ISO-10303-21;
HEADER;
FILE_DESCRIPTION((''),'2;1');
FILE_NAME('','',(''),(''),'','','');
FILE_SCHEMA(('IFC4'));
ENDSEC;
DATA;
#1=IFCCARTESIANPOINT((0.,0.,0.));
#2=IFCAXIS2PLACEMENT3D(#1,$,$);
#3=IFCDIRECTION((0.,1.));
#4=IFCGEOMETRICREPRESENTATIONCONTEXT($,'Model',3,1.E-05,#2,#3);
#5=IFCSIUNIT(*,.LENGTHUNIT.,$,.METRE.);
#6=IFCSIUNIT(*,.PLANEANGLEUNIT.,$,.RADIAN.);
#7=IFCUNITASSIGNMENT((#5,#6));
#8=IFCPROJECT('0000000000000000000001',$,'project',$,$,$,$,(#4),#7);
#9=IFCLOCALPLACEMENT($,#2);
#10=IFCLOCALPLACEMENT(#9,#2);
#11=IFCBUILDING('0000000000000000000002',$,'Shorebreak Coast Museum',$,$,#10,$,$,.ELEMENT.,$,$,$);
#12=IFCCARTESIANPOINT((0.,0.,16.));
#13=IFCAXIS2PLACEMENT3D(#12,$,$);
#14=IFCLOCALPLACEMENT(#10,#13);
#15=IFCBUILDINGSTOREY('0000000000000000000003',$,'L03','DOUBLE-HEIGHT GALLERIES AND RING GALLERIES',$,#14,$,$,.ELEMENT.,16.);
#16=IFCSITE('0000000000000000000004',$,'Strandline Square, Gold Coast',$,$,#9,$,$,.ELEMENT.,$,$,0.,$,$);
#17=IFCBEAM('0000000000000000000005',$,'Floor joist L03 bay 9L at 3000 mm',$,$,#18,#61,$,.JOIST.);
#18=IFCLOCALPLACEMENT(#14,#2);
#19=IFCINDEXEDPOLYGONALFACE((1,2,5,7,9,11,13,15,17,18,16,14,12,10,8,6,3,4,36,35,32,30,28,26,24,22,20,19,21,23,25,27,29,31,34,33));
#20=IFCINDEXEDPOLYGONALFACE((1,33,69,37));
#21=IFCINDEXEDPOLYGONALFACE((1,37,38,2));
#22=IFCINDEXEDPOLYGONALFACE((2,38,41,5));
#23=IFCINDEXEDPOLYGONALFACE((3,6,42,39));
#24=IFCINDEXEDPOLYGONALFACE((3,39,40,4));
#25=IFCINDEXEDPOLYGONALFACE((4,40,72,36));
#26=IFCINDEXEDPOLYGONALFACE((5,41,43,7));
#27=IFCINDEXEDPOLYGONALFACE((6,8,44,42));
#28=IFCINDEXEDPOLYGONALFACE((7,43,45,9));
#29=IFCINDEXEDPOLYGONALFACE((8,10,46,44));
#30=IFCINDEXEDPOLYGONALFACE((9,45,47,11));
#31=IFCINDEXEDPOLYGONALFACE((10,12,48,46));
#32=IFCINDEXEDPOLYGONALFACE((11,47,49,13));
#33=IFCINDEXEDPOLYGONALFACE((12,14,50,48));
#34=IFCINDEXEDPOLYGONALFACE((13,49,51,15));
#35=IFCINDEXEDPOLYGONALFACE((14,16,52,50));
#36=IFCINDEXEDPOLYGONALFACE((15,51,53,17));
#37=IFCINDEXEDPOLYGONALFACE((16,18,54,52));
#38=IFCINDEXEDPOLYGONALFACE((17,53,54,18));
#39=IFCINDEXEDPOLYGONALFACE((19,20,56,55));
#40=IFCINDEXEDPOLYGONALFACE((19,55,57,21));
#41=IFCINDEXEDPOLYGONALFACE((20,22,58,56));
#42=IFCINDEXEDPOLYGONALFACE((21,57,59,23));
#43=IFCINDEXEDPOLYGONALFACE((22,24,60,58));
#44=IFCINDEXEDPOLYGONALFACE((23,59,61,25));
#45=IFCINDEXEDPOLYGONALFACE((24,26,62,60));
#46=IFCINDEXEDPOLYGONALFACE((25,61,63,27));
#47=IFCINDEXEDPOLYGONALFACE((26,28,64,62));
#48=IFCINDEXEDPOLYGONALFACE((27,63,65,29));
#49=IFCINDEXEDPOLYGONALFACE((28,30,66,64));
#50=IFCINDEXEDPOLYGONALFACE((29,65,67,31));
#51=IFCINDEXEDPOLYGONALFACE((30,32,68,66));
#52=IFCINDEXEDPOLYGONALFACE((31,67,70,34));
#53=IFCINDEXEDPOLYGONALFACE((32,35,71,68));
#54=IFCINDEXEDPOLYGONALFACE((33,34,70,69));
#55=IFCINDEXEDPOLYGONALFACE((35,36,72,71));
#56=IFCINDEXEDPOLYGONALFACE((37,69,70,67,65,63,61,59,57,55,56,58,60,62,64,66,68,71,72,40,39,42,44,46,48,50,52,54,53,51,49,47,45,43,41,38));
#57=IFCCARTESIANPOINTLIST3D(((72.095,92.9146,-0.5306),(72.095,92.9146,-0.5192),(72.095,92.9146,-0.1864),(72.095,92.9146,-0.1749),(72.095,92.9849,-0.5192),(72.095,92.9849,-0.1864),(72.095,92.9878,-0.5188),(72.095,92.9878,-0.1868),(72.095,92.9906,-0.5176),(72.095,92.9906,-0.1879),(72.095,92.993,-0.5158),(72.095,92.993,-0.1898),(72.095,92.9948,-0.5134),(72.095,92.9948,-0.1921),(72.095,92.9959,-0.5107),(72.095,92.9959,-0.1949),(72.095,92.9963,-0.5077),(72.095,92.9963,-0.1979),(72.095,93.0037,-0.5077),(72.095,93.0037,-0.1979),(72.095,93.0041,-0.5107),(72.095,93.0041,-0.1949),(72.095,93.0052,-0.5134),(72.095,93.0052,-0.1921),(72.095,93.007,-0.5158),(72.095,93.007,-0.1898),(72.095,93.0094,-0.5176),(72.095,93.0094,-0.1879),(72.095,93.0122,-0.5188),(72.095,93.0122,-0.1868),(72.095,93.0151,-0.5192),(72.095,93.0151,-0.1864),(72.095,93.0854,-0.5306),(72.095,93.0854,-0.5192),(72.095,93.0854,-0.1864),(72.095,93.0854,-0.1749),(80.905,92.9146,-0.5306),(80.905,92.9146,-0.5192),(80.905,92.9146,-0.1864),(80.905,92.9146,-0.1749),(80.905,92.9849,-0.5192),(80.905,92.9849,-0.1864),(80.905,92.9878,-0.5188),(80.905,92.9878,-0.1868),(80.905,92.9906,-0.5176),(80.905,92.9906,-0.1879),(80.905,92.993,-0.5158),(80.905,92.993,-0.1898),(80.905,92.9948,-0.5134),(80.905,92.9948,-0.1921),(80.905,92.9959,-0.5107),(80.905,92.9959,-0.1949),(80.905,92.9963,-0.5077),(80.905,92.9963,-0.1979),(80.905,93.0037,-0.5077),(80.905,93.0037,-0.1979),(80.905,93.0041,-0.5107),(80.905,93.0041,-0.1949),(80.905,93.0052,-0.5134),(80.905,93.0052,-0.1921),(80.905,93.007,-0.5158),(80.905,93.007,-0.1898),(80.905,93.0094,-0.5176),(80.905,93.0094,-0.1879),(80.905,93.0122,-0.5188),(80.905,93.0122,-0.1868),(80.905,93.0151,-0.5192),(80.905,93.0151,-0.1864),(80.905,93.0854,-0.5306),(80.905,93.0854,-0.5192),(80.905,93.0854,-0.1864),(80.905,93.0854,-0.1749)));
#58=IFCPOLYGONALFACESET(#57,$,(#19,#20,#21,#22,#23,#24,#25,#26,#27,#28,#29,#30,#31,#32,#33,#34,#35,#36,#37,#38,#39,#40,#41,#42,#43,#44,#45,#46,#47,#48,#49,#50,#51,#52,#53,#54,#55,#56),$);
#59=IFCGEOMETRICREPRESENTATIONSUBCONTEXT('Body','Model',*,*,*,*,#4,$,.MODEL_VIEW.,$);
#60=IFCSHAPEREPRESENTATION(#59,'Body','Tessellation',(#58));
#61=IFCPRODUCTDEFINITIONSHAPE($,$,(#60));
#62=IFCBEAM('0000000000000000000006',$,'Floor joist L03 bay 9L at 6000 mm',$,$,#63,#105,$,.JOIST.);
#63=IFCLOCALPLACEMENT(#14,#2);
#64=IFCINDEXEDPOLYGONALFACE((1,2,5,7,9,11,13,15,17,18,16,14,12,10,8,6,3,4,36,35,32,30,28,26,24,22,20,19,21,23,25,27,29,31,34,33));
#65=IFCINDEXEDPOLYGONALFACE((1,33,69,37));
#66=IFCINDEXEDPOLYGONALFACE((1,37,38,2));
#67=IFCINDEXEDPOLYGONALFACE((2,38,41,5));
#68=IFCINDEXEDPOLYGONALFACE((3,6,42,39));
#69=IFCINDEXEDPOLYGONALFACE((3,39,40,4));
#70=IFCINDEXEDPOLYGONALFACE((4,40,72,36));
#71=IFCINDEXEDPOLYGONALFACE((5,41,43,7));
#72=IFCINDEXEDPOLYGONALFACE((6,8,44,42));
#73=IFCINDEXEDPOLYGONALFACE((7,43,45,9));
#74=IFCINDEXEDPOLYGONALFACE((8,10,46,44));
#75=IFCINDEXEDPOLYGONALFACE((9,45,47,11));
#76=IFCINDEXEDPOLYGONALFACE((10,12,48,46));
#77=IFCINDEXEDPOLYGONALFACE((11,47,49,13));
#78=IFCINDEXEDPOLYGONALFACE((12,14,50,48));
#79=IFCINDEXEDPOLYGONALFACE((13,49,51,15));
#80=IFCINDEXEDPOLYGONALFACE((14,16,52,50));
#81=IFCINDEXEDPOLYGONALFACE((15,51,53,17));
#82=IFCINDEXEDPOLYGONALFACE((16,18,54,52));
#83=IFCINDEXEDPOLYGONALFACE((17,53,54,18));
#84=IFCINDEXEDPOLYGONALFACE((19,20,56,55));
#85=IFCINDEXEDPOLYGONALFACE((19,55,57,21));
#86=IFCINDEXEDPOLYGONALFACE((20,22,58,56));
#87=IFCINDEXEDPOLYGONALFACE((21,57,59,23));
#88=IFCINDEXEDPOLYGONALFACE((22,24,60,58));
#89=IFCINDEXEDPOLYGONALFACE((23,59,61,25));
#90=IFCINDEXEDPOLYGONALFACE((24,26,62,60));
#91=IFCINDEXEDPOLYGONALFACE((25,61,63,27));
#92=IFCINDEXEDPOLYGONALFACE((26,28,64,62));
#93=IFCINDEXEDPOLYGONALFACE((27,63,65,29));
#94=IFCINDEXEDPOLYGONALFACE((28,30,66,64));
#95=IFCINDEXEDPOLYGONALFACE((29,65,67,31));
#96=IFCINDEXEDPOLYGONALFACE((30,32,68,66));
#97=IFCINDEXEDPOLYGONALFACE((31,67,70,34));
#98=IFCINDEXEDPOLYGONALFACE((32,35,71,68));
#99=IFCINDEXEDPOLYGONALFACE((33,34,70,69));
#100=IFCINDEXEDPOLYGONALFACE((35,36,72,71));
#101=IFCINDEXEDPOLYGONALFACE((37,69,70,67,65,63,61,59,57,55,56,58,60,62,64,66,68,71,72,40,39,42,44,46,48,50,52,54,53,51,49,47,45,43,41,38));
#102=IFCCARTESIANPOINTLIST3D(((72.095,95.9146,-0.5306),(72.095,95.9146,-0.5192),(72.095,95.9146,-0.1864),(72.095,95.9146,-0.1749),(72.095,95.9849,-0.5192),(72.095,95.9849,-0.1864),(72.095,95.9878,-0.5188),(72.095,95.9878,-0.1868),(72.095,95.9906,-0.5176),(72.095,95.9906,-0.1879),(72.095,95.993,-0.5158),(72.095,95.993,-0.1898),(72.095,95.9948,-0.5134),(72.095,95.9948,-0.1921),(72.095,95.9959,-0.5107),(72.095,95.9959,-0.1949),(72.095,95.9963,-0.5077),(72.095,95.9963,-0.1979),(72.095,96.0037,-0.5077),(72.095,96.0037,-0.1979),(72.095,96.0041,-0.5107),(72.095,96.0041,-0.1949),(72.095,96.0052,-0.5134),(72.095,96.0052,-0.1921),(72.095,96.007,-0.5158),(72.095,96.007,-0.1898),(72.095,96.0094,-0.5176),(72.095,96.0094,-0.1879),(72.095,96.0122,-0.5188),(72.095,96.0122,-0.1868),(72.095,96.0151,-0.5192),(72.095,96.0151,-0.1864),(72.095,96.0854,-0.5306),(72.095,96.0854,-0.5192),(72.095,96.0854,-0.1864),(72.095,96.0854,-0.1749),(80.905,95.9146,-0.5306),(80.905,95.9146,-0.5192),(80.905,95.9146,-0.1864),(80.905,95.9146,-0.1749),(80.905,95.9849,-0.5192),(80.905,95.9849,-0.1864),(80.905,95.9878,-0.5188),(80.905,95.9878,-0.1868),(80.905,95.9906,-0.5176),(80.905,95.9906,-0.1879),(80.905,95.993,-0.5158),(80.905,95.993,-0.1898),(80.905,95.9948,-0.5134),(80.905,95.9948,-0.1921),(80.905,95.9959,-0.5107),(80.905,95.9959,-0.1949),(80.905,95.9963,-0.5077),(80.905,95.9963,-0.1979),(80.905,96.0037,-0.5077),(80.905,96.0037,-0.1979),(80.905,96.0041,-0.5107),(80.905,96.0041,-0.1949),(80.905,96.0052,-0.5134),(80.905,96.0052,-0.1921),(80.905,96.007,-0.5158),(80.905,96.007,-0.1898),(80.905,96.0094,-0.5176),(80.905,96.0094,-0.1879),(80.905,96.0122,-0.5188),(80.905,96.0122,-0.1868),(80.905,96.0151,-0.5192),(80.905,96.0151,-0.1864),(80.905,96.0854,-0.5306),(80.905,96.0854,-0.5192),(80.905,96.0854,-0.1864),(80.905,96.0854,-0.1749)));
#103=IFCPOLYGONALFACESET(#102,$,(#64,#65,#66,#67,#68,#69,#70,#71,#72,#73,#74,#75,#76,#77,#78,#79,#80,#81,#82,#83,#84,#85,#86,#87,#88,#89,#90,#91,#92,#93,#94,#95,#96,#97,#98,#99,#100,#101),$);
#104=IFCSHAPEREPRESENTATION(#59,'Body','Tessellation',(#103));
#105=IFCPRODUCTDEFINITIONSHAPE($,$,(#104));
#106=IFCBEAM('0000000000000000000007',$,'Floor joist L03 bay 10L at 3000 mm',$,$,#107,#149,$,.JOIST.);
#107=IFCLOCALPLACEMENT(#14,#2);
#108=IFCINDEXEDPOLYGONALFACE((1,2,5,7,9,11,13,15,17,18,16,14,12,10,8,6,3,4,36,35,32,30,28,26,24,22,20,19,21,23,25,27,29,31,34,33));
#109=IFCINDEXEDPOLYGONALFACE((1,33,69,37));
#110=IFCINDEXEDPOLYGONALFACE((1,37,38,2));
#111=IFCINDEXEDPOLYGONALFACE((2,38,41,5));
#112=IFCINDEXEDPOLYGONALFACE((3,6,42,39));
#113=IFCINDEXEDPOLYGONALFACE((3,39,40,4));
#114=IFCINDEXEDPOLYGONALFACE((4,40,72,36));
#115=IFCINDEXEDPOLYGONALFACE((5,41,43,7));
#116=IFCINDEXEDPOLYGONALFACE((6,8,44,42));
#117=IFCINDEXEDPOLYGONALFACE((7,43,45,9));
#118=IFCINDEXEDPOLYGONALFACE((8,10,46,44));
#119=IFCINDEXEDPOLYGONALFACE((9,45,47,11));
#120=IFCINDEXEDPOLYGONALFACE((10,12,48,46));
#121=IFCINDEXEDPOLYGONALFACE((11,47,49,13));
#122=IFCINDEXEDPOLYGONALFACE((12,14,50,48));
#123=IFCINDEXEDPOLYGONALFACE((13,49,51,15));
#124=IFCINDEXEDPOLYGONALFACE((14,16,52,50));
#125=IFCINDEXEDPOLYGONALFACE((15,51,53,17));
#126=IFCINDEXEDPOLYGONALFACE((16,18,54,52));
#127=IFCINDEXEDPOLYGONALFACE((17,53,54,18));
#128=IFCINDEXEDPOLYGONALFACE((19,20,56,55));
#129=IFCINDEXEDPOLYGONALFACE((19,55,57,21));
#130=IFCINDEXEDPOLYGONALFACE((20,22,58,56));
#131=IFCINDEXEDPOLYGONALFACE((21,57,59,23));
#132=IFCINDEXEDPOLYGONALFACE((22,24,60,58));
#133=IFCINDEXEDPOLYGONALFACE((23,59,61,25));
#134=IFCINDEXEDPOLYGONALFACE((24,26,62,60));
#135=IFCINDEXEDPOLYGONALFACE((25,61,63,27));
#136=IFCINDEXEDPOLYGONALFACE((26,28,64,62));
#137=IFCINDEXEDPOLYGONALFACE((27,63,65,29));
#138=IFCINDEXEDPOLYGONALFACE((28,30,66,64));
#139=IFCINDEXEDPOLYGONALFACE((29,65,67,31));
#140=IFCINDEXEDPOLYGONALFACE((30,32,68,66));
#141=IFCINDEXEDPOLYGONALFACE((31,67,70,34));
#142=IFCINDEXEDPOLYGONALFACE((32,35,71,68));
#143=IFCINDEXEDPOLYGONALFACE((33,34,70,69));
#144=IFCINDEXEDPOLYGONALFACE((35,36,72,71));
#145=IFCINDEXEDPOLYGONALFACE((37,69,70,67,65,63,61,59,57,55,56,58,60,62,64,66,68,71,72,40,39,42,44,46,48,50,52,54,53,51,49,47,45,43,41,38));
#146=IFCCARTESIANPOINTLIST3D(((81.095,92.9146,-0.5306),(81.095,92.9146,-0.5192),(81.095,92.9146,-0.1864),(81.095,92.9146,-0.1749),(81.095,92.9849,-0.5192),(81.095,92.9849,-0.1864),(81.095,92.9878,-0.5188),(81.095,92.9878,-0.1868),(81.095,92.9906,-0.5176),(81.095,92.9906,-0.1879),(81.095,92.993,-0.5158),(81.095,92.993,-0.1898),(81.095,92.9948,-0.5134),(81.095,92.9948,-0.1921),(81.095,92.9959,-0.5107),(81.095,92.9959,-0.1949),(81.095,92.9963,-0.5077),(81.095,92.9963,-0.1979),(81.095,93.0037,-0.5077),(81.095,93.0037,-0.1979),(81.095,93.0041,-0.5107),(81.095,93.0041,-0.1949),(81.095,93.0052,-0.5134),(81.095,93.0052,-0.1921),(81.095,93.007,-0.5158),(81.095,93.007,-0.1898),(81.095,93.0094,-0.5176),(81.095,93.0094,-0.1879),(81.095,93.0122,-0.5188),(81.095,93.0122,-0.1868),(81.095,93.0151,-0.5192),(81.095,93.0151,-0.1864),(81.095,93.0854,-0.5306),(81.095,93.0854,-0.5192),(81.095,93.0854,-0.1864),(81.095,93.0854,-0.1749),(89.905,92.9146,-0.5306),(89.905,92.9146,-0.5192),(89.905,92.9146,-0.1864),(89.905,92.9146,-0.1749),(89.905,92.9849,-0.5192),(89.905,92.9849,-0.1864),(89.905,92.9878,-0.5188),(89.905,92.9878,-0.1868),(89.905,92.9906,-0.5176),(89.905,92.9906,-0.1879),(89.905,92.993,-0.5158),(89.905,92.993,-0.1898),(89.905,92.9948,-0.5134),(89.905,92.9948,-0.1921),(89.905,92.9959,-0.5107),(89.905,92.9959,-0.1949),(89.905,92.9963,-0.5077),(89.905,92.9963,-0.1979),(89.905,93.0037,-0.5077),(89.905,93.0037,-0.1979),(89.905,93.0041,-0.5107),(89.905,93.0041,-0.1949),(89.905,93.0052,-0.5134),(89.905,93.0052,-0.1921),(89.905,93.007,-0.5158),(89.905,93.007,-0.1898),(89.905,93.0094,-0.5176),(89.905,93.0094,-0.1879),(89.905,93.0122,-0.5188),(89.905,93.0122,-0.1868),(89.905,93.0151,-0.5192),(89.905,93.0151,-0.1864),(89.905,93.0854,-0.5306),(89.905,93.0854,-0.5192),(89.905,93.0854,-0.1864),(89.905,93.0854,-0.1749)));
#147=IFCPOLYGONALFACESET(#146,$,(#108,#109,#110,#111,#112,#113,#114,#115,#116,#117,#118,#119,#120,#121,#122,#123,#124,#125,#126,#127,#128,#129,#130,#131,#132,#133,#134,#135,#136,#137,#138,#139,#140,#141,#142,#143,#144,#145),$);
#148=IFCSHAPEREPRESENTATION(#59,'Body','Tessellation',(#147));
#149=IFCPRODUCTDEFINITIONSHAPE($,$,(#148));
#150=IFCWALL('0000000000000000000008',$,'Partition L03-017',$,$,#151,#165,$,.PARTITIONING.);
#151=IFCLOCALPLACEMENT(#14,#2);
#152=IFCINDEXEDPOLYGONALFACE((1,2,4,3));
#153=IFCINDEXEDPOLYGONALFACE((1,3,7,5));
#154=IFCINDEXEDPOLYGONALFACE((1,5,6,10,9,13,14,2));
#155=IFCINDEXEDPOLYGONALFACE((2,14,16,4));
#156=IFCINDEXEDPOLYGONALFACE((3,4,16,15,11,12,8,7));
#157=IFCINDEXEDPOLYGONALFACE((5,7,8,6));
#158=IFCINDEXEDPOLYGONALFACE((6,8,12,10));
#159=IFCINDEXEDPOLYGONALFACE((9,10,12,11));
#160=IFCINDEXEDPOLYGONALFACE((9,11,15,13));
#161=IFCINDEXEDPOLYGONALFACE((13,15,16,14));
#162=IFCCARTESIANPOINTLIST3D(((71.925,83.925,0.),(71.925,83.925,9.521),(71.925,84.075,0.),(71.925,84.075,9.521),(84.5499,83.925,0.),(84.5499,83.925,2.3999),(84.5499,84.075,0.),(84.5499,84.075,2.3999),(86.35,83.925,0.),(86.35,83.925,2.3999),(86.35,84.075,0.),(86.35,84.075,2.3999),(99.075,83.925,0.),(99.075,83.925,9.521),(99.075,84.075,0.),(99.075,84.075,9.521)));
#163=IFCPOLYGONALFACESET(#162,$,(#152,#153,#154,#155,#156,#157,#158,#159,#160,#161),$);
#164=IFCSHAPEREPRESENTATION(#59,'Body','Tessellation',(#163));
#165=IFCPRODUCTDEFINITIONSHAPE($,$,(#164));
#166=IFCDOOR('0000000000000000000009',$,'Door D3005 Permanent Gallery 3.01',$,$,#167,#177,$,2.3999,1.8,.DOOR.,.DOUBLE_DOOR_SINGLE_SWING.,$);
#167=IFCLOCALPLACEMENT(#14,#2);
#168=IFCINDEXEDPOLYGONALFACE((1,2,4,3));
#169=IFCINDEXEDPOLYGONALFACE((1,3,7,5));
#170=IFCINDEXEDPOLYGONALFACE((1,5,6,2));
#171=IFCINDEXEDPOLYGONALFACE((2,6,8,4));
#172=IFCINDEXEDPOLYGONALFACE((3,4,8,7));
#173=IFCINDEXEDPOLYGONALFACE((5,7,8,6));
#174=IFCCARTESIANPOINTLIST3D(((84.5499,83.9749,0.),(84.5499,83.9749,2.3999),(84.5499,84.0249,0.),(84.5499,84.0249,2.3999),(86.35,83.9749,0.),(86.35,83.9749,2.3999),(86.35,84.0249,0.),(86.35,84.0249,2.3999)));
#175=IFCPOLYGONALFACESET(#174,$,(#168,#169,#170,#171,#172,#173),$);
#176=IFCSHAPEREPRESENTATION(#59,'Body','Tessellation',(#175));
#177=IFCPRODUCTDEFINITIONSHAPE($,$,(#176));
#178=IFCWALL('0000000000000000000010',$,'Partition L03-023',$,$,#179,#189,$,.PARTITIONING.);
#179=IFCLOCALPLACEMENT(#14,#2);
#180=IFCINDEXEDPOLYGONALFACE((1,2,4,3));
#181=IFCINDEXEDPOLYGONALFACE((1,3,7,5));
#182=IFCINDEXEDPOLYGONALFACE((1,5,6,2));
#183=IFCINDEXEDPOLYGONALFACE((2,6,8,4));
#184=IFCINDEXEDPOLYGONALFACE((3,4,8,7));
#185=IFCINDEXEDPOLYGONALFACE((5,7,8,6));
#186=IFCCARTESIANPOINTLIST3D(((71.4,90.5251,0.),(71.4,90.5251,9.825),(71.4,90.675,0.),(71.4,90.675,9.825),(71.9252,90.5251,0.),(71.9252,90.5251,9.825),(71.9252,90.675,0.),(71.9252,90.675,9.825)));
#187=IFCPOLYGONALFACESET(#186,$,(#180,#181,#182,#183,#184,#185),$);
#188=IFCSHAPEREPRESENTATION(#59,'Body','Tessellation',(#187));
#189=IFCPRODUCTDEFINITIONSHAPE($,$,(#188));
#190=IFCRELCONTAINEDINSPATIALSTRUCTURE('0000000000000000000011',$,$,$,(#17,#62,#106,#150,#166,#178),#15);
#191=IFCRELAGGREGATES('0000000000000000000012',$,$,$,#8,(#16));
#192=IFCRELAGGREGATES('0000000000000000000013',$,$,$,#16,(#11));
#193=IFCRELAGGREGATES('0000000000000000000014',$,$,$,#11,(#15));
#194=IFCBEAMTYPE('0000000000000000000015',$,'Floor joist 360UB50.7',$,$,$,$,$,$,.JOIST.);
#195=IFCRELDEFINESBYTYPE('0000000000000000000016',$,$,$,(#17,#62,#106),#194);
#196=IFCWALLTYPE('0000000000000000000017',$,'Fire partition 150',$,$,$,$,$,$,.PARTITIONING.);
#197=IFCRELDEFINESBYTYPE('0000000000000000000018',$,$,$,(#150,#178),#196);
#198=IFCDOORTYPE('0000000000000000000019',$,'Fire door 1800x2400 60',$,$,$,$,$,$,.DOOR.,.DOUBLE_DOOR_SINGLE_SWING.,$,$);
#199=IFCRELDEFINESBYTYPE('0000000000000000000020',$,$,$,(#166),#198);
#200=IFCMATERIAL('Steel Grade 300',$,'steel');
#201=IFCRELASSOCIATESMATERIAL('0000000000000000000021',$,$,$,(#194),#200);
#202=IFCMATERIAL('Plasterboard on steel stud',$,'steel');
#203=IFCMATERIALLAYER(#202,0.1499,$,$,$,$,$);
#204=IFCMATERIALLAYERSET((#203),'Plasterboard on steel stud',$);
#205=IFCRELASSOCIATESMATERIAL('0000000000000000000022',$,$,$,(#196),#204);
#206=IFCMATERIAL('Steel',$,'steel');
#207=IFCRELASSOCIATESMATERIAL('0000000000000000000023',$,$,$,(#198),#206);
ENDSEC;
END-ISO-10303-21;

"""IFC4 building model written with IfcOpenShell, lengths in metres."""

from ifc_helpers import new_model, si_unit, direction, frame, frame_2d, origin, origin_2d, place, context, subcontext, project, spatial, rectangle, i_section, extrude, material, layer, layer_set, material_profile, profile_set, type_object, element, fill, save


model = new_model("IFC4")

# Units and contexts
model_context = context("Model", 3, precision=1e-05, world=origin(), true_north=direction((0.0, 1.0)))
body_context = subcontext(model_context, "Body", "Model", "MODEL_VIEW")
ifc_project = project(units=[si_unit("LENGTHUNIT", "METRE"), si_unit("PLANEANGLEUNIT", "RADIAN")], contexts=[model_context])

# Site, building, storey
site_placement = place(None, origin())
site = spatial("IfcSite", under=ifc_project, at=site_placement, Name="Strandline Square, Gold Coast", CompositionType="ELEMENT", RefElevation=0.0)
building_placement = place(site_placement, origin())
building = spatial("IfcBuilding", under=site, at=building_placement, Name="Shorebreak Coast Museum", CompositionType="ELEMENT")
storey_placement = place(building_placement, frame((0.0, 0.0, 16.0)))
storey = spatial("IfcBuildingStorey", under=building, at=storey_placement, Name="L03", Description="DOUBLE-HEIGHT GALLERIES AND RING GALLERIES", CompositionType="ELEMENT", Elevation=16.0)

# Beams
ifc_material_1 = material(Name="Steel Grade 300", Category="steel")
ifc_material_profile_1 = material_profile(ifc_material_1, i_section(OverallWidth=0.1709, OverallDepth=0.3557, WebThickness=0.0073, FlangeThickness=0.0115, FilletRadius=0.0115, at=origin_2d()), Name="360UB50.7")
ifc_profile_set_1 = profile_set([ifc_material_profile_1], Name="Steel Grade 300")
beam_type_1 = type_object("IfcBeamType", Name="Floor joist 360UB50.7", PredefinedType="JOIST", material=ifc_profile_set_1)
for number, where, z_axis, x_axis, name in (
    (1, (72.095, 93.0, -0.3528), (1.0, 0.0, 0.0), (0.0, 1.0, 0.0), "Floor joist L03 bay 9L at 3000 mm"),
    (2, (72.095, 96.0, -0.3528), (1.0, 0.0, 0.0), (0.0, 1.0, 0.0), "Floor joist L03 bay 9L at 6000 mm"),
    (3, (81.095, 93.0, -0.3528), (1.0, 0.0, 0.0), (0.0, 1.0, 0.0), "Floor joist L03 bay 10L at 3000 mm"),
):
    element("IfcBeam", number, at=place(storey_placement, frame(where, z_axis=z_axis, x_axis=x_axis)), inside=storey, type_object=beam_type_1, Name=name, PredefinedType="JOIST", context=body_context, shape_type="SweptSolid", body=[
        extrude(i_section(OverallWidth=0.1709, OverallDepth=0.3557, WebThickness=0.0073, FlangeThickness=0.0115, FilletRadius=0.0115, at=origin_2d()), origin(), (0.0, 0.0, 1.0), 8.8101),
    ])

# Wall, opening, door
ifc_material_2 = material(Name="Plasterboard on steel stud", Category="steel")
ifc_layer_1 = layer(ifc_material_2, 0.1499)
ifc_layer_set_1 = layer_set([ifc_layer_1], Name="Plasterboard on steel stud")
wall_type_1 = type_object("IfcWallType", Name="Fire partition 150", PredefinedType="PARTITIONING", material=ifc_layer_set_1)
wall_1_placement = place(storey_placement, frame((71.925, 84.0, 0.0), z_axis=(0.0, 0.0, 1.0), x_axis=(1.0, 0.0, 0.0)))
wall_1 = element("IfcWall", 4, at=wall_1_placement, inside=storey, type_object=wall_type_1, Name="Partition L03-017", PredefinedType="PARTITIONING", context=body_context, shape_type="SweptSolid", body=[
    extrude(rectangle(XDim=27.1499, YDim=0.1499, at=frame_2d((13.575, 0.0))), origin(), (0.0, 0.0, 1.0), 9.521),
])
opening_1_placement = place(wall_1_placement, frame((12.625, 0.0, 0.0)))
opening_1 = element("IfcOpeningElement", 5, at=opening_1_placement, cuts=wall_1, PredefinedType="OPENING", context=body_context, shape_type="SweptSolid", body=[
    extrude(rectangle(XDim=1.8, YDim=2.3999, at=frame_2d((0.8999, 1.2))), frame((0.0, 0.085, 0.0), z_axis=(0.0, -1.0, 0.0), x_axis=(1.0, 0.0, 0.0)), (0.0, 0.0, 1.0), 0.1699),
])
ifc_material_3 = material(Name="Steel", Category="steel")
door_type_1 = type_object("IfcDoorType", Name="Fire door 1800x2400 60", OperationType="DOUBLE_DOOR_SINGLE_SWING", PredefinedType="DOOR", material=ifc_material_3)
door_1_placement = place(opening_1_placement, origin())
door_1 = element("IfcDoor", 6, at=door_1_placement, inside=storey, type_object=door_type_1, Name="Door D3005 Permanent Gallery 3.01", OperationType="DOUBLE_DOOR_SINGLE_SWING", OverallHeight=2.3999, OverallWidth=1.8, PredefinedType="DOOR", context=body_context, shape_type="SweptSolid", body=[
    extrude(rectangle(XDim=1.8, YDim=2.3999, at=frame_2d((0.8999, 1.2))), frame((0.0, 0.0249, 0.0), z_axis=(0.0, -1.0, 0.0), x_axis=(1.0, 0.0, 0.0)), (0.0, 0.0, 1.0), 0.05),
])
fill(opening_1, door_1)

# Wall
wall_2_placement = place(storey_placement, frame((71.3999, 90.6001, 0.0), z_axis=(0.0, 0.0, 1.0), x_axis=(1.0, 0.0, 0.0)))
element("IfcWall", 7, at=wall_2_placement, inside=storey, type_object=wall_type_1, Name="Partition L03-023", PredefinedType="PARTITIONING", context=body_context, shape_type="SweptSolid", body=[
    extrude(rectangle(XDim=0.5251, YDim=0.1499, at=frame_2d((0.2627, 0.0))), origin(), (0.0, 0.0, 1.0), 9.825),
])

save(model, "model.ifc")
